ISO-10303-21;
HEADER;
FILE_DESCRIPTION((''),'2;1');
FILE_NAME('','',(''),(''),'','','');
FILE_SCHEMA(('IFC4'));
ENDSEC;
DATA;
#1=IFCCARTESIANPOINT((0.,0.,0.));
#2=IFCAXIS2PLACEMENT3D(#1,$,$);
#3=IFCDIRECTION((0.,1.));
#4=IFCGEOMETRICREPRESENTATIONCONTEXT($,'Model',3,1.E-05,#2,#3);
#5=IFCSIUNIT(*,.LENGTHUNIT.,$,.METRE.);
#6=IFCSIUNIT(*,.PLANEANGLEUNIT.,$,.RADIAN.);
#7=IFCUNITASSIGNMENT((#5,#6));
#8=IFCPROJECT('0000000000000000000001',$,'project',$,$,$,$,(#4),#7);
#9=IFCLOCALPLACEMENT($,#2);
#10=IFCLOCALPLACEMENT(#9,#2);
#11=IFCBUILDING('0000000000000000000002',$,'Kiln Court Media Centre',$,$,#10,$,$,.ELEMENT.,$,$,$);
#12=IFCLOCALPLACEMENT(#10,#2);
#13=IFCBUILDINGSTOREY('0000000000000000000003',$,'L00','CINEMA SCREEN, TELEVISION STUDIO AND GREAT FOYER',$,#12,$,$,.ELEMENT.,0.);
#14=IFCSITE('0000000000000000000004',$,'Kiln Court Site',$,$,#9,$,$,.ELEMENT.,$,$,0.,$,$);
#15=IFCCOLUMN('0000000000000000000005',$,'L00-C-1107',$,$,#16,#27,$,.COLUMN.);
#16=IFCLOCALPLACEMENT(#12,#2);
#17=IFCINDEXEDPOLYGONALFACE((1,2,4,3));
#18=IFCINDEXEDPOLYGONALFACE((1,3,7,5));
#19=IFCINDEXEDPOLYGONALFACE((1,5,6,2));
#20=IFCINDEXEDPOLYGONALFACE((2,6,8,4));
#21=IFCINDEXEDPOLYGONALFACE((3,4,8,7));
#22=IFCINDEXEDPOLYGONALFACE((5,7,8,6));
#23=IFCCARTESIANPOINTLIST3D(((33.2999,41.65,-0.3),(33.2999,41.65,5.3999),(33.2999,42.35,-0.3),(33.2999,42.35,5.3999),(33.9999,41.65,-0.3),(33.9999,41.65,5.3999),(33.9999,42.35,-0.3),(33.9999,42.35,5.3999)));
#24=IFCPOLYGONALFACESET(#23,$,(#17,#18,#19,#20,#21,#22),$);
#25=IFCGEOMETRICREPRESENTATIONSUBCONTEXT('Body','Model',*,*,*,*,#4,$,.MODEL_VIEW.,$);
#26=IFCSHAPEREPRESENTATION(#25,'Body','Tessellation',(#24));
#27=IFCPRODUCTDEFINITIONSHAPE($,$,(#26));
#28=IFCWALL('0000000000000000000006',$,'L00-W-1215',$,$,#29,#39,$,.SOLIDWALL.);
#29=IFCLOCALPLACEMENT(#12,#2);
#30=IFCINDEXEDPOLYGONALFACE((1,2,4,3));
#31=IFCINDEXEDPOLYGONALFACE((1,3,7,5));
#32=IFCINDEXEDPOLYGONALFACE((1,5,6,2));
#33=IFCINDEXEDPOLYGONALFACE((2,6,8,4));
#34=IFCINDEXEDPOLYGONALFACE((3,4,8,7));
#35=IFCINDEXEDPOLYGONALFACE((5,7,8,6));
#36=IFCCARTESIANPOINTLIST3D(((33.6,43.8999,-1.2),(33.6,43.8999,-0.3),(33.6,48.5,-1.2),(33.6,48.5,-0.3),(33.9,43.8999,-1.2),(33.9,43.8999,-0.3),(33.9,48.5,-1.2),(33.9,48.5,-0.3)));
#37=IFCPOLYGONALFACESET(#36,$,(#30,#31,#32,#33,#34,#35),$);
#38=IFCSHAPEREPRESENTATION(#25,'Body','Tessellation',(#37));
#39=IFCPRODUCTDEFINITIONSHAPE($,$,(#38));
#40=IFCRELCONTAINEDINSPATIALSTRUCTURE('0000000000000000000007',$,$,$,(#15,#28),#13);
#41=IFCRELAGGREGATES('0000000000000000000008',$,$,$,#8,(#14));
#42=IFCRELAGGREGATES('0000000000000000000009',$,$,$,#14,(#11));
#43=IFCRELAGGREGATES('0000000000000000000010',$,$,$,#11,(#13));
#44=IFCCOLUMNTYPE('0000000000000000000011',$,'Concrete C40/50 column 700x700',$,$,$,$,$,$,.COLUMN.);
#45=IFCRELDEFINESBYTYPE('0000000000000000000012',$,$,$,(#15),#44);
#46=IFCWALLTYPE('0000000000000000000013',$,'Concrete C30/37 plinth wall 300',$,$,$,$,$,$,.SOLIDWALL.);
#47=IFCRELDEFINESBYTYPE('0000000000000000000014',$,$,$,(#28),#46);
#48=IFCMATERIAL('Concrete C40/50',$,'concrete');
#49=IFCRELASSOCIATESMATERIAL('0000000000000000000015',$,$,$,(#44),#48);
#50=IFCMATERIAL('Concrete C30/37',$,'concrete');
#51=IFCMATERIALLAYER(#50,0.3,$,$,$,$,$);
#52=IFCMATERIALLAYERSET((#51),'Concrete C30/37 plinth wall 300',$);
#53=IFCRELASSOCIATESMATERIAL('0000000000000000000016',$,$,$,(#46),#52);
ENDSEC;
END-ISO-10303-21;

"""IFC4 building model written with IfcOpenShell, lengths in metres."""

from ifc_helpers import new_model, si_unit, direction, frame, frame_2d, origin, origin_2d, place, context, subcontext, project, spatial, rectangle, extrude, material, layer, layer_set, material_profile, profile_set, type_object, element, save


model = new_model("IFC4")

# Units and contexts
model_context = context("Model", 3, precision=1e-05, world=origin(), true_north=direction((0.0, 1.0)))
body_context = subcontext(model_context, "Body", "Model", "MODEL_VIEW")
ifc_project = project(units=[si_unit("LENGTHUNIT", "METRE"), si_unit("PLANEANGLEUNIT", "RADIAN")], contexts=[model_context])

# Site, building, storey
site_placement = place(None, origin())
site = spatial("IfcSite", under=ifc_project, at=site_placement, Name="Kiln Court Site", CompositionType="ELEMENT", RefElevation=0.0)
building_placement = place(site_placement, origin())
building = spatial("IfcBuilding", under=site, at=building_placement, Name="Kiln Court Media Centre", CompositionType="ELEMENT")
storey_placement = place(building_placement, origin())
storey = spatial("IfcBuildingStorey", under=building, at=storey_placement, Name="L00", Description="CINEMA SCREEN, TELEVISION STUDIO AND GREAT FOYER", CompositionType="ELEMENT", Elevation=0.0)

# Column
ifc_material_1 = material(Name="Concrete C40/50", Category="concrete")
ifc_material_profile_1 = material_profile(ifc_material_1, rectangle(XDim=0.7, YDim=0.7, at=origin_2d()), Name="RC 700x700")
ifc_profile_set_1 = profile_set([ifc_material_profile_1], Name="Concrete C40/50")
column_type_1 = type_object("IfcColumnType", Name="Concrete C40/50 column 700x700", PredefinedType="COLUMN", material=ifc_profile_set_1)
for number, where, z_axis, x_axis, name in (
    (1, (33.6499, 42.0, -0.3), (0.0, 0.0, 1.0), (1.0, 0.0, 0.0), "L00-C-1107"),
):
    element("IfcColumn", number, at=place(storey_placement, frame(where, z_axis=z_axis, x_axis=x_axis)), inside=storey, type_object=column_type_1, Name=name, PredefinedType="COLUMN", context=body_context, shape_type="SweptSolid", body=[
        extrude(rectangle(XDim=0.7, YDim=0.7, at=origin_2d()), origin(), (0.0, 0.0, 1.0), 5.7),
    ])

# Wall
ifc_material_2 = material(Name="Concrete C30/37", Category="concrete")
ifc_layer = layer(ifc_material_2, 0.3)
ifc_layer_set = layer_set([ifc_layer], Name="Concrete C30/37 plinth wall 300")
wall_type = type_object("IfcWallType", Name="Concrete C30/37 plinth wall 300", PredefinedType="SOLIDWALL", material=ifc_layer_set)
wall_placement = place(storey_placement, frame((33.75, 43.8999, -1.2), z_axis=(0.0, 0.0, 1.0), x_axis=(0.0, 1.0, 0.0)))
element("IfcWall", 2, at=wall_placement, inside=storey, type_object=wall_type, Name="L00-W-1215", PredefinedType="SOLIDWALL", context=body_context, shape_type="SweptSolid", body=[
    extrude(rectangle(XDim=4.6001, YDim=0.3, at=frame_2d((2.3, 0.0))), origin(), (0.0, 0.0, 1.0), 0.8999),
])

save(model, "model.ifc")
